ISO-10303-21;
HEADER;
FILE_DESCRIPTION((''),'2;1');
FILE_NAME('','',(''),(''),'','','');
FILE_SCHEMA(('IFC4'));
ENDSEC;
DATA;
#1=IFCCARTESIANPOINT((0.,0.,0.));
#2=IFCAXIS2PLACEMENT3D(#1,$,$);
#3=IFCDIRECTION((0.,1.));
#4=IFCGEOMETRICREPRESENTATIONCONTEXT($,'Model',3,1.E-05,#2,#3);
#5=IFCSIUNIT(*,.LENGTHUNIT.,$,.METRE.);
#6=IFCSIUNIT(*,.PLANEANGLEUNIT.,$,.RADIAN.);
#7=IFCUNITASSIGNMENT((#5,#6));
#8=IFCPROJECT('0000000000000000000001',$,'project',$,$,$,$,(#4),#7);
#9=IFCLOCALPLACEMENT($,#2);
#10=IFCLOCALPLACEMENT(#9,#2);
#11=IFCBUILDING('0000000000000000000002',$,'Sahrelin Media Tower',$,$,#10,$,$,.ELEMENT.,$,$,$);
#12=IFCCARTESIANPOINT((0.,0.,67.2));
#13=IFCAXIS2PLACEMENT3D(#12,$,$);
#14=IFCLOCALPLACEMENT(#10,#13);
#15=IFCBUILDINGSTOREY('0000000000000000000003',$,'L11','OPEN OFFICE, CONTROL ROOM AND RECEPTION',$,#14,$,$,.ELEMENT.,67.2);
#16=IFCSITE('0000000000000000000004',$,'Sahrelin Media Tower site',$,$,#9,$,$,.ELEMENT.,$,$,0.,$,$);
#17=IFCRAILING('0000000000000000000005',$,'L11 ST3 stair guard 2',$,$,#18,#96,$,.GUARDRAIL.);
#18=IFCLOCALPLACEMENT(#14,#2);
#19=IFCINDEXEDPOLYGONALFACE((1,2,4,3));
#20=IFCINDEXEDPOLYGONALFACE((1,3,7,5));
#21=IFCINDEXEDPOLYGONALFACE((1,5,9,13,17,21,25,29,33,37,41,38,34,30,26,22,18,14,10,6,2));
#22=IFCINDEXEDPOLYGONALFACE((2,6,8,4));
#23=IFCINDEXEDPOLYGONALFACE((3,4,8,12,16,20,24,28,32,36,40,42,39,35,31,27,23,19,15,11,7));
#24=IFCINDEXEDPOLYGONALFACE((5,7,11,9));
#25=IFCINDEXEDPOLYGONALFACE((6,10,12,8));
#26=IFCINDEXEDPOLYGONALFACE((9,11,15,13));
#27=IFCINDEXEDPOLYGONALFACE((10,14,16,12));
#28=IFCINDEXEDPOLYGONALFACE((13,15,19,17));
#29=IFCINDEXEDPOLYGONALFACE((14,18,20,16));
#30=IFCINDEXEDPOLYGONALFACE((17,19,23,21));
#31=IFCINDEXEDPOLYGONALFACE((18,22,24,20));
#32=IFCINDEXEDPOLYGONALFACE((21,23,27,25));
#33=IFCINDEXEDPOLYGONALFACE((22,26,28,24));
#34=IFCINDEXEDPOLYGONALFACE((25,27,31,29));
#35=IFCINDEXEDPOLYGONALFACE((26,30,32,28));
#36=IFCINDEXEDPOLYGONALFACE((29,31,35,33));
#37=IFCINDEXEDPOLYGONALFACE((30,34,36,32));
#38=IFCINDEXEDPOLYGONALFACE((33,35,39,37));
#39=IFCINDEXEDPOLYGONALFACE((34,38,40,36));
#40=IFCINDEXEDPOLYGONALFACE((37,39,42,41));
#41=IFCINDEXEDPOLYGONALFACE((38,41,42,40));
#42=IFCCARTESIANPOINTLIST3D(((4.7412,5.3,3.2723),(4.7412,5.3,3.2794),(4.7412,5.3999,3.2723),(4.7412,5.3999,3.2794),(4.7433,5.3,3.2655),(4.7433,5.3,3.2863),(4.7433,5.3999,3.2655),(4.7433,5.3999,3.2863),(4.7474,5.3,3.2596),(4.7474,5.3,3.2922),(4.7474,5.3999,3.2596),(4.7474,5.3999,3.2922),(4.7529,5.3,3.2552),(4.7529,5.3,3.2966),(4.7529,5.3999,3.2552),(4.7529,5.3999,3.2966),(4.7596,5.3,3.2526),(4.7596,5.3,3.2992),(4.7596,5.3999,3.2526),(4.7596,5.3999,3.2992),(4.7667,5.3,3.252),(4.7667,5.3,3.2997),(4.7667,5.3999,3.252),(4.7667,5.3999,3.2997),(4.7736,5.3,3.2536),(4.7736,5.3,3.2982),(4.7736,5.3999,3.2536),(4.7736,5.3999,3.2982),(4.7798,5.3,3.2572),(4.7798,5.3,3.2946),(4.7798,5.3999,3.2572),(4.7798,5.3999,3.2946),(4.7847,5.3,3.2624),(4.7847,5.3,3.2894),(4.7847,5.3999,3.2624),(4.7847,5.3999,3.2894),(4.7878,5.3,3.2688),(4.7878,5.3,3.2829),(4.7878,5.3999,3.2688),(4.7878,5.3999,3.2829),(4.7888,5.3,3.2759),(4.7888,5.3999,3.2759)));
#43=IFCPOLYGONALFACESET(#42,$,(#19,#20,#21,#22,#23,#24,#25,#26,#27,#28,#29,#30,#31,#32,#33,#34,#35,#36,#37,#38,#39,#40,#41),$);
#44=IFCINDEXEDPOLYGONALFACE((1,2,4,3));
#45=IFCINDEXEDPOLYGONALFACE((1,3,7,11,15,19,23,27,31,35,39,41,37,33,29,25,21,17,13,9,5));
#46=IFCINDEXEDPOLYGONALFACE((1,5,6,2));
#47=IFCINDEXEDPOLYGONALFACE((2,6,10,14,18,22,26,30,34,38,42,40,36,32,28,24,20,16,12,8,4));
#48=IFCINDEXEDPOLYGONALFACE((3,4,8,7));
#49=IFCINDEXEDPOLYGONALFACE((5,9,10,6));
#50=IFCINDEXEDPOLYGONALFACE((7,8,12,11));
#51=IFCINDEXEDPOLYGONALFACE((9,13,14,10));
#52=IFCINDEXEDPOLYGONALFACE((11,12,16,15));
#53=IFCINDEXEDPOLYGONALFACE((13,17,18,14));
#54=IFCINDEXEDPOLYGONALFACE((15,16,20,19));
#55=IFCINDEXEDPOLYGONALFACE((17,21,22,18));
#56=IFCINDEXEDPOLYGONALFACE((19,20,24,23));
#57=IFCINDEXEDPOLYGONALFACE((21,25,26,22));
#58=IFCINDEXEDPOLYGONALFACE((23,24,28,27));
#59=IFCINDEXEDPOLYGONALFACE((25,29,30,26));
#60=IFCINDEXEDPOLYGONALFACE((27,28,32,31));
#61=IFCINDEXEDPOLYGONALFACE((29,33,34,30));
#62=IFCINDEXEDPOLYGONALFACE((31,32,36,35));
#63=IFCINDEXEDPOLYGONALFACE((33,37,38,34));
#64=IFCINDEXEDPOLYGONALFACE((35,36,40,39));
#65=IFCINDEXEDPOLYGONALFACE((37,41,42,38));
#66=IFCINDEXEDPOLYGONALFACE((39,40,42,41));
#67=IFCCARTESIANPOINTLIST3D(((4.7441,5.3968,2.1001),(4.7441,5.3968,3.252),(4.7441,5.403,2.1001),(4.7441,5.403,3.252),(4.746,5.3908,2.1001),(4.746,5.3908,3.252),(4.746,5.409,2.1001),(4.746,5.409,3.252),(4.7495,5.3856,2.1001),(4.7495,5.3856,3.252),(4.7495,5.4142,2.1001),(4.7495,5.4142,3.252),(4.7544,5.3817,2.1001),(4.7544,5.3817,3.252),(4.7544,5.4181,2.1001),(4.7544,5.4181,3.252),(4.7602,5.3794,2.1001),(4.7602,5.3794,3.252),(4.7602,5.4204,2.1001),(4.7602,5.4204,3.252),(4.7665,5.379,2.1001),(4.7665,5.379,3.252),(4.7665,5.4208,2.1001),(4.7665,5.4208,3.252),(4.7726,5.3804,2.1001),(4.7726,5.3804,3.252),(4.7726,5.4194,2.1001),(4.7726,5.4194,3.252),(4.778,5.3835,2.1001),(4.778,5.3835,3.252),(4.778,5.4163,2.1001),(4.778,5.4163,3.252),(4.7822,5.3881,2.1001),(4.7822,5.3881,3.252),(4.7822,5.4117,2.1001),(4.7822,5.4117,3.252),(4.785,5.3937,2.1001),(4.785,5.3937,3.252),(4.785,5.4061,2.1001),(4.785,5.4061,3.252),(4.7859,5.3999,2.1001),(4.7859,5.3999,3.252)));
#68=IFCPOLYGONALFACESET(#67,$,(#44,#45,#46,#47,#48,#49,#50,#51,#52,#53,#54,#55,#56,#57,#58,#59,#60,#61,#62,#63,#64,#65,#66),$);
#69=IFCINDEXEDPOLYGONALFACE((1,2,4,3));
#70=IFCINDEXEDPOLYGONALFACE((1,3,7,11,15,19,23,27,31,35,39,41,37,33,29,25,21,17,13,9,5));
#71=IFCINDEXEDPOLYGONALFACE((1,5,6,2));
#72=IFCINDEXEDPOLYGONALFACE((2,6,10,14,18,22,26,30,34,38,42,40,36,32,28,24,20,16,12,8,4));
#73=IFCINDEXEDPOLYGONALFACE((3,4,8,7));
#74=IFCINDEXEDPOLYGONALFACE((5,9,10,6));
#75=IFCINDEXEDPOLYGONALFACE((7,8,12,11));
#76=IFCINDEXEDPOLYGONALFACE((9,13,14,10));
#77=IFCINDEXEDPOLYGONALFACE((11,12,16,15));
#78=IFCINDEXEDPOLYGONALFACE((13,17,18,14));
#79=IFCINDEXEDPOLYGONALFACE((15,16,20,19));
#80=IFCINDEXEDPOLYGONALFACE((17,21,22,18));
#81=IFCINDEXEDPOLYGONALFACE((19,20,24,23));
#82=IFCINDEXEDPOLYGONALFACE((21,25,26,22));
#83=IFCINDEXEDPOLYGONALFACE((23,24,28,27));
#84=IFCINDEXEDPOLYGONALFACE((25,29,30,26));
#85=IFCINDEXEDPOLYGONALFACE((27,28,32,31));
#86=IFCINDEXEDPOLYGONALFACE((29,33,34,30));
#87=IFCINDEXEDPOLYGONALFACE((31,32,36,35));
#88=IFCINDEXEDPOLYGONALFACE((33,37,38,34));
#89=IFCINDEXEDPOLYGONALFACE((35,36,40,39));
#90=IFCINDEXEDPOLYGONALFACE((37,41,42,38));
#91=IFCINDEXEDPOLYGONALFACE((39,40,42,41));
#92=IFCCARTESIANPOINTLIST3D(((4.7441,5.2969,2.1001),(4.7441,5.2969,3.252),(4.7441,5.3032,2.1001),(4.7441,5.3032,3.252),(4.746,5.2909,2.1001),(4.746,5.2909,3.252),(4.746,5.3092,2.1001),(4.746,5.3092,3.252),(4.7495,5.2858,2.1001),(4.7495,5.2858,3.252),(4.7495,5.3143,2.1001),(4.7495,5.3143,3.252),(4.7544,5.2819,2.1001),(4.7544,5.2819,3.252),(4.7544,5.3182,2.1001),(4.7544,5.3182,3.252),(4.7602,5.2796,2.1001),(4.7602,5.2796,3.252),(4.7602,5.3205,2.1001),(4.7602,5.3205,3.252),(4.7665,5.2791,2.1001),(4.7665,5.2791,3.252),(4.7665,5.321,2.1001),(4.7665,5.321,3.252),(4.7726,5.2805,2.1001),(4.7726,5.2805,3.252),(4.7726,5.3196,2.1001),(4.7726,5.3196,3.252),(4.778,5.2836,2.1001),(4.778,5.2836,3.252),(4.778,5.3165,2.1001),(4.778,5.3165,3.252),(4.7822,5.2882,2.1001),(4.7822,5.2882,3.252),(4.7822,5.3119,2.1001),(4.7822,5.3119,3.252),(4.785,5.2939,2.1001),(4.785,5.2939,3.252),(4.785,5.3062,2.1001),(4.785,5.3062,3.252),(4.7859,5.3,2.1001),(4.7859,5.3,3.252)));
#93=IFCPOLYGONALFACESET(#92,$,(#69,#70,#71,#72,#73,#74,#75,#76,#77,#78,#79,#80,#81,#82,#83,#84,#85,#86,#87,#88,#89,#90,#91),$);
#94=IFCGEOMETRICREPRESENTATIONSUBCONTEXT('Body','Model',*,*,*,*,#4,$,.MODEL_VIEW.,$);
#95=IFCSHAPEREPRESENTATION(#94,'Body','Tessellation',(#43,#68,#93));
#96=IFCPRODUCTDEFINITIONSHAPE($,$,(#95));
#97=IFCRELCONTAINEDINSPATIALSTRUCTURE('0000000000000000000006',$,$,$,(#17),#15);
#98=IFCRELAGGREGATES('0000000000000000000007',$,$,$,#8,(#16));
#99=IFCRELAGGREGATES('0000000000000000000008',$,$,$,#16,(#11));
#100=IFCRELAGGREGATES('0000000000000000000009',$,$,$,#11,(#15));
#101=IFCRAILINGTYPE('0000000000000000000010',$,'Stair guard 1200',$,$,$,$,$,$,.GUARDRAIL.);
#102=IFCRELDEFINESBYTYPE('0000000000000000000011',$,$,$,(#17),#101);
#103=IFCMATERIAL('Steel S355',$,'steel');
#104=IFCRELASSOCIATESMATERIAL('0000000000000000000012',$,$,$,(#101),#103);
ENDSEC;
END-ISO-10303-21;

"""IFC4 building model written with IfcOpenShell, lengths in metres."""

from ifc_helpers import new_model, si_unit, direction, frame, origin, origin_2d, place, context, subcontext, project, spatial, circle, extrude, material, type_object, element, save


model = new_model("IFC4")

# Units and contexts
model_context = context("Model", 3, precision=1e-05, world=origin(), true_north=direction((0.0, 1.0)))
body_context = subcontext(model_context, "Body", "Model", "MODEL_VIEW")
ifc_project = project(units=[si_unit("LENGTHUNIT", "METRE"), si_unit("PLANEANGLEUNIT", "RADIAN")], contexts=[model_context])

# Site, building, storey
site_placement = place(None, origin())
site = spatial("IfcSite", under=ifc_project, at=site_placement, Name="Sahrelin Media Tower site", CompositionType="ELEMENT", RefElevation=0.0)
building_placement = place(site_placement, origin())
building = spatial("IfcBuilding", under=site, at=building_placement, Name="Sahrelin Media Tower", CompositionType="ELEMENT")
storey_placement = place(building_placement, frame((0.0, 0.0, 67.2)))
storey = spatial("IfcBuildingStorey", under=building, at=storey_placement, Name="L11", Description="OPEN OFFICE, CONTROL ROOM AND RECEPTION", CompositionType="ELEMENT", Elevation=67.2)

# Railing
ifc_material_1 = material(Name="Steel S355", Category="steel")
railing_type_1 = type_object("IfcRailingType", Name="Stair guard 1200", PredefinedType="GUARDRAIL", material=ifc_material_1)
railing_1_placement = place(storey_placement, frame((4.7649, 5.3999, 2.1001)))
element("IfcRailing", 1, at=railing_1_placement, inside=storey, type_object=railing_type_1, Name="L11 ST3 stair guard 2", PredefinedType="GUARDRAIL", context=body_context, shape_type="SweptSolid", body=[
    extrude(circle(Radius=0.0239, at=origin_2d()), frame((0.0, 0.0, 1.1758), z_axis=(0.0, -1.0, 0.0), x_axis=(1.0, 0.0, 0.0)), (0.0, 0.0, 1.0), 0.0999),
    extrude(circle(Radius=0.021, at=origin_2d()), origin(), (0.0, 0.0, 1.0), 1.1519),
    extrude(circle(Radius=0.021, at=origin_2d()), frame((0.0, -0.0999, 0.0)), (0.0, 0.0, 1.0), 1.1519),
])

save(model, "model.ifc")
